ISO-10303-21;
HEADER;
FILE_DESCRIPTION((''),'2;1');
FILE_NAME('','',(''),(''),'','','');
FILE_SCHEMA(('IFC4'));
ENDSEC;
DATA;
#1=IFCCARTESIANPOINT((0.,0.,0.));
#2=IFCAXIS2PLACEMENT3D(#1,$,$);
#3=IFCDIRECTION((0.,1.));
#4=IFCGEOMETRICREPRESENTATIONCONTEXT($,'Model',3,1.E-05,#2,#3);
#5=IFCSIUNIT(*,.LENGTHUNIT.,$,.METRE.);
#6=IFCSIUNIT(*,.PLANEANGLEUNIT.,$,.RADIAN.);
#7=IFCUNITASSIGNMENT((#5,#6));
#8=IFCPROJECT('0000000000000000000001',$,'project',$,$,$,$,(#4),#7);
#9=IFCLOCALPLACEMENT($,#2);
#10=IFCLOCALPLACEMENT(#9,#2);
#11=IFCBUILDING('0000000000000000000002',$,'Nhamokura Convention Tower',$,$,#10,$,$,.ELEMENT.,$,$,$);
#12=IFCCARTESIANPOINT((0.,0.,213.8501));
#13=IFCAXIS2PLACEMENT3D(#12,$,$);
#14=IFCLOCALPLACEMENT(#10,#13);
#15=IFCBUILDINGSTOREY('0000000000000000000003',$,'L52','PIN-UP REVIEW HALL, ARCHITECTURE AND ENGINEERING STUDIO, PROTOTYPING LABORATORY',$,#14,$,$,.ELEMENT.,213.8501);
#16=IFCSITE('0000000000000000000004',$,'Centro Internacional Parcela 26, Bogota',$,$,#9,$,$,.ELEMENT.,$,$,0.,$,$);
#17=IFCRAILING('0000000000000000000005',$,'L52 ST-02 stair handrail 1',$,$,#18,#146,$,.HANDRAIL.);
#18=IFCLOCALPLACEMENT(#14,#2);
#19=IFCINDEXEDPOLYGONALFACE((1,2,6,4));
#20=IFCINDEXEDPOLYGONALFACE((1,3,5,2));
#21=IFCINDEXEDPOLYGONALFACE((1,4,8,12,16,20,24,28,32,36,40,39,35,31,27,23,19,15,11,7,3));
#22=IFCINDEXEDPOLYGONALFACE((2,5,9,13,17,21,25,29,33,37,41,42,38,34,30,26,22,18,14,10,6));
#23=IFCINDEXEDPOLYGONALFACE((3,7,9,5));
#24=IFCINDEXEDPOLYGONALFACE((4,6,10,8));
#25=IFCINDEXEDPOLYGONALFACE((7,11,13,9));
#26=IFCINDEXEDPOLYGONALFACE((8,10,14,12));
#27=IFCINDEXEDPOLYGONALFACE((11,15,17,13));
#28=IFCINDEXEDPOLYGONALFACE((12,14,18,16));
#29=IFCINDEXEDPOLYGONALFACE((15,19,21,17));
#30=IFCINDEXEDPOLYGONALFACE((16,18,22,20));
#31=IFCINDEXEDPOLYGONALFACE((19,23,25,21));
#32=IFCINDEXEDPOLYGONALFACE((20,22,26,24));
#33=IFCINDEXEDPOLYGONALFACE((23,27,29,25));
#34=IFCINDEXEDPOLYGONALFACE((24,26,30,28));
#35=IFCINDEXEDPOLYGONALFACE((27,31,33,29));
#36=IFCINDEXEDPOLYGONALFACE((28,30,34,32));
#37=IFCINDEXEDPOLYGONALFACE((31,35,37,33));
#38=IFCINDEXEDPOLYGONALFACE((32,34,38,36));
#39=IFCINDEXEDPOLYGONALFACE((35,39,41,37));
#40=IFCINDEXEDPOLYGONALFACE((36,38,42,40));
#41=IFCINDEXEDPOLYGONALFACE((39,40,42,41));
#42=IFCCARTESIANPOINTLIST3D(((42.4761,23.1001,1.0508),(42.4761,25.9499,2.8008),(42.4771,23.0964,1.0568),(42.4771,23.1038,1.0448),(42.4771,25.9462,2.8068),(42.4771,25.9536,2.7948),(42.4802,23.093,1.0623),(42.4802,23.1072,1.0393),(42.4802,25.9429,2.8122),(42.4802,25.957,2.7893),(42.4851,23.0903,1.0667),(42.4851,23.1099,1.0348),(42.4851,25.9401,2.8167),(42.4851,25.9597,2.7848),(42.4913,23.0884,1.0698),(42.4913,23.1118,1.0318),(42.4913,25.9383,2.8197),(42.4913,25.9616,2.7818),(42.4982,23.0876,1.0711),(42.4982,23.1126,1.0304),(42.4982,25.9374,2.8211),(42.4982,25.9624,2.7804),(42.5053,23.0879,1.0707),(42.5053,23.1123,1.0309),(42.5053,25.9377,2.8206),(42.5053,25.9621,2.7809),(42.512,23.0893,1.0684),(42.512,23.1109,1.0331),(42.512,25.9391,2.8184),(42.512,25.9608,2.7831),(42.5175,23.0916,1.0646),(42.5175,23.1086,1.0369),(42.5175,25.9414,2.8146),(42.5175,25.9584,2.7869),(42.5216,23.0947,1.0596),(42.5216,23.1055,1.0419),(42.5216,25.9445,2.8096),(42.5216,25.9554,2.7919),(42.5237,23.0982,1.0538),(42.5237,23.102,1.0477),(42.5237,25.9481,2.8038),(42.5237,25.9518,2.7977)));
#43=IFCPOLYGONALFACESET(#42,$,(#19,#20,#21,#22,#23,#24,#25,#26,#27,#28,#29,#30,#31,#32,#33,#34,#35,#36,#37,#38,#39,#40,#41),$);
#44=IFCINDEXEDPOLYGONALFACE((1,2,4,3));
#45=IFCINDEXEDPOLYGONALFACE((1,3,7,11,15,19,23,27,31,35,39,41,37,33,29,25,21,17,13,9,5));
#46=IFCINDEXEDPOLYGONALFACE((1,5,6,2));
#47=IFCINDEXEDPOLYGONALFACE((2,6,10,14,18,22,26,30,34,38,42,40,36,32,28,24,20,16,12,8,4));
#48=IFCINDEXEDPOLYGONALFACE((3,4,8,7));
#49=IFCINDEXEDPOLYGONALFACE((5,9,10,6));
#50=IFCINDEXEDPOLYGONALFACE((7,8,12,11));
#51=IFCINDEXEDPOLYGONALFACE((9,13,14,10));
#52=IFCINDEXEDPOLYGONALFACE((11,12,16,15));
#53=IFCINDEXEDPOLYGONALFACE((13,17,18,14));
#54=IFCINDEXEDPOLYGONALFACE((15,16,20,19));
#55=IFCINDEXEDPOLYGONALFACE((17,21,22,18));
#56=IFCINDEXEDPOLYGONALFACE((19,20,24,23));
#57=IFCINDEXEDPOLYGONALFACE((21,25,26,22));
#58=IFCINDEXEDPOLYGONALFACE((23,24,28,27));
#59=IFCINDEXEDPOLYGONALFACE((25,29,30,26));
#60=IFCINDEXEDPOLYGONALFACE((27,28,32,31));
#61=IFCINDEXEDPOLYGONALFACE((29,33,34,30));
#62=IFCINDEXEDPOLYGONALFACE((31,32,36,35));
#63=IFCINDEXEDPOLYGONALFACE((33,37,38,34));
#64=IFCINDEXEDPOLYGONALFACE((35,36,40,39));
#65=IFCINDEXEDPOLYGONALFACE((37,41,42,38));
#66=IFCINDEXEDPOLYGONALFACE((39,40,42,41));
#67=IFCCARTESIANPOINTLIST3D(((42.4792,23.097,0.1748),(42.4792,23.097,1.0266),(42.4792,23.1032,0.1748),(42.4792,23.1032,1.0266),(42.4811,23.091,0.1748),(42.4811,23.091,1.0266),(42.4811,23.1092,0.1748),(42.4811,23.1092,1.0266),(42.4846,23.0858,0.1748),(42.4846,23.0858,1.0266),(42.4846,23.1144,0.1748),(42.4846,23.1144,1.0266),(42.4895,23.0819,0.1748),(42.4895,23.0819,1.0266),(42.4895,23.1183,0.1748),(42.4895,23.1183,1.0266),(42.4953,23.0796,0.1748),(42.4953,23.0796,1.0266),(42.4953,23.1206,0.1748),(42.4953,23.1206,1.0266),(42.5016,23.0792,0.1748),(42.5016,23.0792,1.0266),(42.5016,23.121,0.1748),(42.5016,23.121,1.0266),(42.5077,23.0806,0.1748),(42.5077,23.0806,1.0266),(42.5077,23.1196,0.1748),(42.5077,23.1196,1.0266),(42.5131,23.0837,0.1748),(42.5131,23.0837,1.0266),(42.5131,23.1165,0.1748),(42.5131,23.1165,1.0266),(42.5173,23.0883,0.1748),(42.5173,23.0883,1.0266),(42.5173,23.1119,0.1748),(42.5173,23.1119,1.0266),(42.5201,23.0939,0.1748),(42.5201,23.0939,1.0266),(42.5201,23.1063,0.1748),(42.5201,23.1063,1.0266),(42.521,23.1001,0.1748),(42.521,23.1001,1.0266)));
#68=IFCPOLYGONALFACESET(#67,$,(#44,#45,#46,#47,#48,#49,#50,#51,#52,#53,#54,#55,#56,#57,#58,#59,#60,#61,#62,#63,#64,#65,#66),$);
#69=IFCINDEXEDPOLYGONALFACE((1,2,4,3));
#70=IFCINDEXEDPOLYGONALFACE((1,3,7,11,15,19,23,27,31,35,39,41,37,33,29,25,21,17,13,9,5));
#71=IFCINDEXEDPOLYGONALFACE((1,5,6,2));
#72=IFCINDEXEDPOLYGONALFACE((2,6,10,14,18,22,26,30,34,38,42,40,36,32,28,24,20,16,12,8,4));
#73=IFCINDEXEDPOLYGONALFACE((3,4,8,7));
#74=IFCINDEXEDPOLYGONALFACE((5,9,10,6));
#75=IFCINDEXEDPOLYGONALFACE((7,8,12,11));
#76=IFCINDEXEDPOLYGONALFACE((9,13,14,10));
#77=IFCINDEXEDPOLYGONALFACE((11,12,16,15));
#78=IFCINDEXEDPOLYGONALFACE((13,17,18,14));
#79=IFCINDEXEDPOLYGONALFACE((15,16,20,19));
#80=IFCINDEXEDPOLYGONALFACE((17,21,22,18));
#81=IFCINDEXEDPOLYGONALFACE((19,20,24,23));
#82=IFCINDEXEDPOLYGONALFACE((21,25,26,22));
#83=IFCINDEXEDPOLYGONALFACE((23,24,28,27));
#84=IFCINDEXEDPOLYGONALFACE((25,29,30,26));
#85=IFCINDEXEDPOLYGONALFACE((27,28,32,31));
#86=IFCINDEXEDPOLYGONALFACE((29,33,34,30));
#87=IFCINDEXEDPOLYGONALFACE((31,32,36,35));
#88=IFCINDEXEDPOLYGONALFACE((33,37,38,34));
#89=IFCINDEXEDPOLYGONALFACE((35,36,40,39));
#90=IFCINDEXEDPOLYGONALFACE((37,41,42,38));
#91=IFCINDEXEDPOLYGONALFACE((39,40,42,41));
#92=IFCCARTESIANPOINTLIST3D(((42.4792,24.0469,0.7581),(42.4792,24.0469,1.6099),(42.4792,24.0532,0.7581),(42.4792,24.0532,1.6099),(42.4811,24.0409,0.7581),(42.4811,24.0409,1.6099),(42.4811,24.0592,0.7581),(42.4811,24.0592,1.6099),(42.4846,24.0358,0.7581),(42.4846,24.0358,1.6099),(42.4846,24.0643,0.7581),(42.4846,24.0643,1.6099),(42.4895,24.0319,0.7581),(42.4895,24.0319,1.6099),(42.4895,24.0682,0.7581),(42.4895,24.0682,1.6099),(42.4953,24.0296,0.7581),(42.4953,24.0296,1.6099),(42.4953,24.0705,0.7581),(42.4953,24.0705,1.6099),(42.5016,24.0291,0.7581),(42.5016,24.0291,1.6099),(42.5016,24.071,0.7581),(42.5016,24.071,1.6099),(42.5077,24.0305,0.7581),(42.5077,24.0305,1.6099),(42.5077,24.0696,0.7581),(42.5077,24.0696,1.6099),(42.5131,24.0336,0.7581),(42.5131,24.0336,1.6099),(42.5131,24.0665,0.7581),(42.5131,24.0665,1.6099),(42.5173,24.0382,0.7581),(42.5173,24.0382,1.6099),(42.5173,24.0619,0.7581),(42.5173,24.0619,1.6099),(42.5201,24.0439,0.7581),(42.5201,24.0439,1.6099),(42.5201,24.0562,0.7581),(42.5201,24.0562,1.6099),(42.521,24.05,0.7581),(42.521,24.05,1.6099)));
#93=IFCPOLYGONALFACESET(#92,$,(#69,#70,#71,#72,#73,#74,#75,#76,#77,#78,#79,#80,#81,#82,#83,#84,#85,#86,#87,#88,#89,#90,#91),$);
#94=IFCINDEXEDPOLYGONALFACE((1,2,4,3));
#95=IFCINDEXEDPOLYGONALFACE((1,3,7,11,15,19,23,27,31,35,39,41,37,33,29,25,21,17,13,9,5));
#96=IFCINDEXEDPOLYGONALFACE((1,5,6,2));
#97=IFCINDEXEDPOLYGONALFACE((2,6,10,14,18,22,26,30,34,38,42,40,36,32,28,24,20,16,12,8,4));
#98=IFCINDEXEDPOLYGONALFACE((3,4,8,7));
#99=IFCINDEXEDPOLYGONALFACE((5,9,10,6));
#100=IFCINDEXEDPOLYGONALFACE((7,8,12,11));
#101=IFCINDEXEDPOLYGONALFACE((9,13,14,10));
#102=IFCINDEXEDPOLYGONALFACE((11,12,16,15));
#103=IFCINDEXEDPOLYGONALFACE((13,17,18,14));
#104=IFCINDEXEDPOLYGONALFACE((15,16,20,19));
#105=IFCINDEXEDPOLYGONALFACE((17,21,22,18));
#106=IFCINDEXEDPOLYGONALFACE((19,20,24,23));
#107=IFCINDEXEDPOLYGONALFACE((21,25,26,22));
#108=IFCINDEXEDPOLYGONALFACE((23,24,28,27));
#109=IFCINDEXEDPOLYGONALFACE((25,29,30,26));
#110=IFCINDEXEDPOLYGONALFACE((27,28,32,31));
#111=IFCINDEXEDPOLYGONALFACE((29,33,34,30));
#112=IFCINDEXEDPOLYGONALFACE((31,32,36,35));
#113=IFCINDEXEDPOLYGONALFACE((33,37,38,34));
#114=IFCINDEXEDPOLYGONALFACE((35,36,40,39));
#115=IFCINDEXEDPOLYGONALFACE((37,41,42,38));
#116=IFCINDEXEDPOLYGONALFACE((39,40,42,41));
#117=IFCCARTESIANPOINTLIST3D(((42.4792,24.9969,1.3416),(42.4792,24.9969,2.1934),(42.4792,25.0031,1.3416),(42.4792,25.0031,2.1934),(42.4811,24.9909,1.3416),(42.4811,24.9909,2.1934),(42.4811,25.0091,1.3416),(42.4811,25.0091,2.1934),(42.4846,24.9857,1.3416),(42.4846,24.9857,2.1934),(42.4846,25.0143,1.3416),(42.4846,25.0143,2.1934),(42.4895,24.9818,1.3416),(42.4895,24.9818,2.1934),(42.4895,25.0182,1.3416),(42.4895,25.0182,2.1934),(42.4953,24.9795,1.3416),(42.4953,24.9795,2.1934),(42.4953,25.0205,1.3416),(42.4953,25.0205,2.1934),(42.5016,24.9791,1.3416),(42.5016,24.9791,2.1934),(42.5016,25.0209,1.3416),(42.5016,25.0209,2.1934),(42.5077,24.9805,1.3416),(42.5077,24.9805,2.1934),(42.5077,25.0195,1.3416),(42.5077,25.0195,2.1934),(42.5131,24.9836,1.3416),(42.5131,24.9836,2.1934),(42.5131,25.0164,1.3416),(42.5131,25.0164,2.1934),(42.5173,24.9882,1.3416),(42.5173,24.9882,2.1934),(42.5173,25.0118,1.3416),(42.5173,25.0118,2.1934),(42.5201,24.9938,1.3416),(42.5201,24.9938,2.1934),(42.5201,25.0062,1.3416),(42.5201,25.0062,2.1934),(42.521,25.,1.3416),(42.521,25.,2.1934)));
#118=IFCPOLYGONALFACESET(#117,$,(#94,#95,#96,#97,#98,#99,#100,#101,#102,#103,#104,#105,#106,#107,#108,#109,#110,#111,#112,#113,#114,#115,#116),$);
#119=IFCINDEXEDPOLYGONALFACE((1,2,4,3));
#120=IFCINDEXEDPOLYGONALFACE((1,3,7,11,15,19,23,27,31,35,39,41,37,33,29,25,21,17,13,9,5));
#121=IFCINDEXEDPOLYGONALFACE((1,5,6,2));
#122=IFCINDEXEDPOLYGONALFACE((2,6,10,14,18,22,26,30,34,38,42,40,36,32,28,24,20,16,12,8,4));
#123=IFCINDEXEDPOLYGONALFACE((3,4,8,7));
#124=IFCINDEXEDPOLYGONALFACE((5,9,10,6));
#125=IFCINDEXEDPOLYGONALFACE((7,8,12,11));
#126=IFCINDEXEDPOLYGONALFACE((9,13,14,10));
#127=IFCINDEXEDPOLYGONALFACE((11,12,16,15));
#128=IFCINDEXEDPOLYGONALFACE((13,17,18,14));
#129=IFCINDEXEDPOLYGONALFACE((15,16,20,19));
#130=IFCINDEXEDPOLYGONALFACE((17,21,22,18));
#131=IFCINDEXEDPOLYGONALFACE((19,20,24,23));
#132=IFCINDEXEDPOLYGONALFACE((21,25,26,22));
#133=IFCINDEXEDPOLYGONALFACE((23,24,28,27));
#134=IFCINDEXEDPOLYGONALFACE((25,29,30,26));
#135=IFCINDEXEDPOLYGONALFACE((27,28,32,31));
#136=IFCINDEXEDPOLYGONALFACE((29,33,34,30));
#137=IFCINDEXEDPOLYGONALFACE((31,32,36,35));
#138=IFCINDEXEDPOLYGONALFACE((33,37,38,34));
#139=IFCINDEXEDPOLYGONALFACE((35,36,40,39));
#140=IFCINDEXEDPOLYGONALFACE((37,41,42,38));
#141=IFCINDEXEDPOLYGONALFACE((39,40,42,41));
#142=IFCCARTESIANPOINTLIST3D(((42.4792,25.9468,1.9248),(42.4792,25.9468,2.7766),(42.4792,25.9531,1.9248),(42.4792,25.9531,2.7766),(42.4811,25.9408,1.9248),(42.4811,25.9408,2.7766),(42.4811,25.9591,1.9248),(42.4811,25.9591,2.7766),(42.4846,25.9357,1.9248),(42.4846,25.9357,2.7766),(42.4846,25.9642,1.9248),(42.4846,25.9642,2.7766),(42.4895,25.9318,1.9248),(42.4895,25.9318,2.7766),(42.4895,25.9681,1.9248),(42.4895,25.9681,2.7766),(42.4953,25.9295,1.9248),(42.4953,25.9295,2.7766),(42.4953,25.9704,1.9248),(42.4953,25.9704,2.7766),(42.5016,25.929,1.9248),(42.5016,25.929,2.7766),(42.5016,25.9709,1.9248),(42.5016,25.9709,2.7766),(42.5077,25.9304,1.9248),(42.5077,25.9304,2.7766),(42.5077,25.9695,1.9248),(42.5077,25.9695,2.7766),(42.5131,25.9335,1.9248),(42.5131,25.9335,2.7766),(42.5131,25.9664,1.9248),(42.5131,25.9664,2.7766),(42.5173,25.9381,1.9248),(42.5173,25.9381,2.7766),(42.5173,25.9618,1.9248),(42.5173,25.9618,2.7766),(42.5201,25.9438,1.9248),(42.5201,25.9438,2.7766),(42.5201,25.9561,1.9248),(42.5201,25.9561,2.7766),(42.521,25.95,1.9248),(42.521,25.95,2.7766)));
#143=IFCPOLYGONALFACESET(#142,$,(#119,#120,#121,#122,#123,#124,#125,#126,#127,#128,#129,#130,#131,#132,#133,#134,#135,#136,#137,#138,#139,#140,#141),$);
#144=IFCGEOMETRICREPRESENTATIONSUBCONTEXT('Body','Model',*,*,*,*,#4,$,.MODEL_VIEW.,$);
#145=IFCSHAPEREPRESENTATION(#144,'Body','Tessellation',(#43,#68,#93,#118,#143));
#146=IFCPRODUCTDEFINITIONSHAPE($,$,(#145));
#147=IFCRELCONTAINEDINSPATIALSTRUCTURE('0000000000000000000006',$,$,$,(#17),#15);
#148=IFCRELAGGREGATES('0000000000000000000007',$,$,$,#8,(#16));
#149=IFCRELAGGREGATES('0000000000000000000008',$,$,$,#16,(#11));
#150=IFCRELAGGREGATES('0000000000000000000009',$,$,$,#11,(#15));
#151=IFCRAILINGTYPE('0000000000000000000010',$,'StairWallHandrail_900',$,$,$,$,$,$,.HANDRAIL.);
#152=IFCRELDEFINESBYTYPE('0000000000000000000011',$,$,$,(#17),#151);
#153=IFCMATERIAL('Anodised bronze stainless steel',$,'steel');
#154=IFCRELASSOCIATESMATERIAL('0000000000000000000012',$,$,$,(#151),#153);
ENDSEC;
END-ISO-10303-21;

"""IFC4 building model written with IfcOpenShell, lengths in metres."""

from ifc_helpers import new_model, si_unit, direction, frame, origin, origin_2d, place, context, subcontext, project, spatial, circle, extrude, material, type_object, element, save


model = new_model("IFC4")

# Units and contexts
model_context = context("Model", 3, precision=1e-05, world=origin(), true_north=direction((0.0, 1.0)))
body_context = subcontext(model_context, "Body", "Model", "MODEL_VIEW")
ifc_project = project(units=[si_unit("LENGTHUNIT", "METRE"), si_unit("PLANEANGLEUNIT", "RADIAN")], contexts=[model_context])

# Site, building, storey
site_placement = place(None, origin())
site = spatial("IfcSite", under=ifc_project, at=site_placement, Name="Centro Internacional Parcela 26, Bogota", CompositionType="ELEMENT", RefElevation=0.0)
building_placement = place(site_placement, origin())
building = spatial("IfcBuilding", under=site, at=building_placement, Name="Nhamokura Convention Tower", CompositionType="ELEMENT")
storey_placement = place(building_placement, frame((0.0, 0.0, 213.8501)))
storey = spatial("IfcBuildingStorey", under=building, at=storey_placement, Name="L52", Description="PIN-UP REVIEW HALL, ARCHITECTURE AND ENGINEERING STUDIO, PROTOTYPING LABORATORY", CompositionType="ELEMENT", Elevation=213.8501)

# Railing
ifc_material_1 = material(Name="Anodised bronze stainless steel", Category="steel")
railing_type = type_object("IfcRailingType", Name="StairWallHandrail_900", PredefinedType="HANDRAIL", material=ifc_material_1)
railing_placement = place(storey_placement, frame((42.5, 23.1001, 0.1748)))
element("IfcRailing", 1, at=railing_placement, inside=storey, type_object=railing_type, Name="L52 ST-02 stair handrail 1", PredefinedType="HANDRAIL", context=body_context, shape_type="SweptSolid", body=[
    extrude(circle(Radius=0.0239, at=origin_2d()), frame((0.0, 0.0, 0.876), z_axis=(0.0, 0.852159, 0.523283), x_axis=(-1.0, 0.0, 0.0)), (0.0, 0.0, 1.0), 3.3442),
    extrude(circle(Radius=0.021, at=origin_2d()), origin(), (0.0, 0.0, 1.0), 0.8518),
    extrude(circle(Radius=0.021, at=origin_2d()), frame((0.0, 0.95, 0.5833)), (0.0, 0.0, 1.0), 0.8518),
    extrude(circle(Radius=0.021, at=origin_2d()), frame((0.0, 1.8999, 1.1667)), (0.0, 0.0, 1.0), 0.8518),
    extrude(circle(Radius=0.021, at=origin_2d()), frame((0.0, 2.8499, 1.75)), (0.0, 0.0, 1.0), 0.8518),
])

save(model, "model.ifc")
